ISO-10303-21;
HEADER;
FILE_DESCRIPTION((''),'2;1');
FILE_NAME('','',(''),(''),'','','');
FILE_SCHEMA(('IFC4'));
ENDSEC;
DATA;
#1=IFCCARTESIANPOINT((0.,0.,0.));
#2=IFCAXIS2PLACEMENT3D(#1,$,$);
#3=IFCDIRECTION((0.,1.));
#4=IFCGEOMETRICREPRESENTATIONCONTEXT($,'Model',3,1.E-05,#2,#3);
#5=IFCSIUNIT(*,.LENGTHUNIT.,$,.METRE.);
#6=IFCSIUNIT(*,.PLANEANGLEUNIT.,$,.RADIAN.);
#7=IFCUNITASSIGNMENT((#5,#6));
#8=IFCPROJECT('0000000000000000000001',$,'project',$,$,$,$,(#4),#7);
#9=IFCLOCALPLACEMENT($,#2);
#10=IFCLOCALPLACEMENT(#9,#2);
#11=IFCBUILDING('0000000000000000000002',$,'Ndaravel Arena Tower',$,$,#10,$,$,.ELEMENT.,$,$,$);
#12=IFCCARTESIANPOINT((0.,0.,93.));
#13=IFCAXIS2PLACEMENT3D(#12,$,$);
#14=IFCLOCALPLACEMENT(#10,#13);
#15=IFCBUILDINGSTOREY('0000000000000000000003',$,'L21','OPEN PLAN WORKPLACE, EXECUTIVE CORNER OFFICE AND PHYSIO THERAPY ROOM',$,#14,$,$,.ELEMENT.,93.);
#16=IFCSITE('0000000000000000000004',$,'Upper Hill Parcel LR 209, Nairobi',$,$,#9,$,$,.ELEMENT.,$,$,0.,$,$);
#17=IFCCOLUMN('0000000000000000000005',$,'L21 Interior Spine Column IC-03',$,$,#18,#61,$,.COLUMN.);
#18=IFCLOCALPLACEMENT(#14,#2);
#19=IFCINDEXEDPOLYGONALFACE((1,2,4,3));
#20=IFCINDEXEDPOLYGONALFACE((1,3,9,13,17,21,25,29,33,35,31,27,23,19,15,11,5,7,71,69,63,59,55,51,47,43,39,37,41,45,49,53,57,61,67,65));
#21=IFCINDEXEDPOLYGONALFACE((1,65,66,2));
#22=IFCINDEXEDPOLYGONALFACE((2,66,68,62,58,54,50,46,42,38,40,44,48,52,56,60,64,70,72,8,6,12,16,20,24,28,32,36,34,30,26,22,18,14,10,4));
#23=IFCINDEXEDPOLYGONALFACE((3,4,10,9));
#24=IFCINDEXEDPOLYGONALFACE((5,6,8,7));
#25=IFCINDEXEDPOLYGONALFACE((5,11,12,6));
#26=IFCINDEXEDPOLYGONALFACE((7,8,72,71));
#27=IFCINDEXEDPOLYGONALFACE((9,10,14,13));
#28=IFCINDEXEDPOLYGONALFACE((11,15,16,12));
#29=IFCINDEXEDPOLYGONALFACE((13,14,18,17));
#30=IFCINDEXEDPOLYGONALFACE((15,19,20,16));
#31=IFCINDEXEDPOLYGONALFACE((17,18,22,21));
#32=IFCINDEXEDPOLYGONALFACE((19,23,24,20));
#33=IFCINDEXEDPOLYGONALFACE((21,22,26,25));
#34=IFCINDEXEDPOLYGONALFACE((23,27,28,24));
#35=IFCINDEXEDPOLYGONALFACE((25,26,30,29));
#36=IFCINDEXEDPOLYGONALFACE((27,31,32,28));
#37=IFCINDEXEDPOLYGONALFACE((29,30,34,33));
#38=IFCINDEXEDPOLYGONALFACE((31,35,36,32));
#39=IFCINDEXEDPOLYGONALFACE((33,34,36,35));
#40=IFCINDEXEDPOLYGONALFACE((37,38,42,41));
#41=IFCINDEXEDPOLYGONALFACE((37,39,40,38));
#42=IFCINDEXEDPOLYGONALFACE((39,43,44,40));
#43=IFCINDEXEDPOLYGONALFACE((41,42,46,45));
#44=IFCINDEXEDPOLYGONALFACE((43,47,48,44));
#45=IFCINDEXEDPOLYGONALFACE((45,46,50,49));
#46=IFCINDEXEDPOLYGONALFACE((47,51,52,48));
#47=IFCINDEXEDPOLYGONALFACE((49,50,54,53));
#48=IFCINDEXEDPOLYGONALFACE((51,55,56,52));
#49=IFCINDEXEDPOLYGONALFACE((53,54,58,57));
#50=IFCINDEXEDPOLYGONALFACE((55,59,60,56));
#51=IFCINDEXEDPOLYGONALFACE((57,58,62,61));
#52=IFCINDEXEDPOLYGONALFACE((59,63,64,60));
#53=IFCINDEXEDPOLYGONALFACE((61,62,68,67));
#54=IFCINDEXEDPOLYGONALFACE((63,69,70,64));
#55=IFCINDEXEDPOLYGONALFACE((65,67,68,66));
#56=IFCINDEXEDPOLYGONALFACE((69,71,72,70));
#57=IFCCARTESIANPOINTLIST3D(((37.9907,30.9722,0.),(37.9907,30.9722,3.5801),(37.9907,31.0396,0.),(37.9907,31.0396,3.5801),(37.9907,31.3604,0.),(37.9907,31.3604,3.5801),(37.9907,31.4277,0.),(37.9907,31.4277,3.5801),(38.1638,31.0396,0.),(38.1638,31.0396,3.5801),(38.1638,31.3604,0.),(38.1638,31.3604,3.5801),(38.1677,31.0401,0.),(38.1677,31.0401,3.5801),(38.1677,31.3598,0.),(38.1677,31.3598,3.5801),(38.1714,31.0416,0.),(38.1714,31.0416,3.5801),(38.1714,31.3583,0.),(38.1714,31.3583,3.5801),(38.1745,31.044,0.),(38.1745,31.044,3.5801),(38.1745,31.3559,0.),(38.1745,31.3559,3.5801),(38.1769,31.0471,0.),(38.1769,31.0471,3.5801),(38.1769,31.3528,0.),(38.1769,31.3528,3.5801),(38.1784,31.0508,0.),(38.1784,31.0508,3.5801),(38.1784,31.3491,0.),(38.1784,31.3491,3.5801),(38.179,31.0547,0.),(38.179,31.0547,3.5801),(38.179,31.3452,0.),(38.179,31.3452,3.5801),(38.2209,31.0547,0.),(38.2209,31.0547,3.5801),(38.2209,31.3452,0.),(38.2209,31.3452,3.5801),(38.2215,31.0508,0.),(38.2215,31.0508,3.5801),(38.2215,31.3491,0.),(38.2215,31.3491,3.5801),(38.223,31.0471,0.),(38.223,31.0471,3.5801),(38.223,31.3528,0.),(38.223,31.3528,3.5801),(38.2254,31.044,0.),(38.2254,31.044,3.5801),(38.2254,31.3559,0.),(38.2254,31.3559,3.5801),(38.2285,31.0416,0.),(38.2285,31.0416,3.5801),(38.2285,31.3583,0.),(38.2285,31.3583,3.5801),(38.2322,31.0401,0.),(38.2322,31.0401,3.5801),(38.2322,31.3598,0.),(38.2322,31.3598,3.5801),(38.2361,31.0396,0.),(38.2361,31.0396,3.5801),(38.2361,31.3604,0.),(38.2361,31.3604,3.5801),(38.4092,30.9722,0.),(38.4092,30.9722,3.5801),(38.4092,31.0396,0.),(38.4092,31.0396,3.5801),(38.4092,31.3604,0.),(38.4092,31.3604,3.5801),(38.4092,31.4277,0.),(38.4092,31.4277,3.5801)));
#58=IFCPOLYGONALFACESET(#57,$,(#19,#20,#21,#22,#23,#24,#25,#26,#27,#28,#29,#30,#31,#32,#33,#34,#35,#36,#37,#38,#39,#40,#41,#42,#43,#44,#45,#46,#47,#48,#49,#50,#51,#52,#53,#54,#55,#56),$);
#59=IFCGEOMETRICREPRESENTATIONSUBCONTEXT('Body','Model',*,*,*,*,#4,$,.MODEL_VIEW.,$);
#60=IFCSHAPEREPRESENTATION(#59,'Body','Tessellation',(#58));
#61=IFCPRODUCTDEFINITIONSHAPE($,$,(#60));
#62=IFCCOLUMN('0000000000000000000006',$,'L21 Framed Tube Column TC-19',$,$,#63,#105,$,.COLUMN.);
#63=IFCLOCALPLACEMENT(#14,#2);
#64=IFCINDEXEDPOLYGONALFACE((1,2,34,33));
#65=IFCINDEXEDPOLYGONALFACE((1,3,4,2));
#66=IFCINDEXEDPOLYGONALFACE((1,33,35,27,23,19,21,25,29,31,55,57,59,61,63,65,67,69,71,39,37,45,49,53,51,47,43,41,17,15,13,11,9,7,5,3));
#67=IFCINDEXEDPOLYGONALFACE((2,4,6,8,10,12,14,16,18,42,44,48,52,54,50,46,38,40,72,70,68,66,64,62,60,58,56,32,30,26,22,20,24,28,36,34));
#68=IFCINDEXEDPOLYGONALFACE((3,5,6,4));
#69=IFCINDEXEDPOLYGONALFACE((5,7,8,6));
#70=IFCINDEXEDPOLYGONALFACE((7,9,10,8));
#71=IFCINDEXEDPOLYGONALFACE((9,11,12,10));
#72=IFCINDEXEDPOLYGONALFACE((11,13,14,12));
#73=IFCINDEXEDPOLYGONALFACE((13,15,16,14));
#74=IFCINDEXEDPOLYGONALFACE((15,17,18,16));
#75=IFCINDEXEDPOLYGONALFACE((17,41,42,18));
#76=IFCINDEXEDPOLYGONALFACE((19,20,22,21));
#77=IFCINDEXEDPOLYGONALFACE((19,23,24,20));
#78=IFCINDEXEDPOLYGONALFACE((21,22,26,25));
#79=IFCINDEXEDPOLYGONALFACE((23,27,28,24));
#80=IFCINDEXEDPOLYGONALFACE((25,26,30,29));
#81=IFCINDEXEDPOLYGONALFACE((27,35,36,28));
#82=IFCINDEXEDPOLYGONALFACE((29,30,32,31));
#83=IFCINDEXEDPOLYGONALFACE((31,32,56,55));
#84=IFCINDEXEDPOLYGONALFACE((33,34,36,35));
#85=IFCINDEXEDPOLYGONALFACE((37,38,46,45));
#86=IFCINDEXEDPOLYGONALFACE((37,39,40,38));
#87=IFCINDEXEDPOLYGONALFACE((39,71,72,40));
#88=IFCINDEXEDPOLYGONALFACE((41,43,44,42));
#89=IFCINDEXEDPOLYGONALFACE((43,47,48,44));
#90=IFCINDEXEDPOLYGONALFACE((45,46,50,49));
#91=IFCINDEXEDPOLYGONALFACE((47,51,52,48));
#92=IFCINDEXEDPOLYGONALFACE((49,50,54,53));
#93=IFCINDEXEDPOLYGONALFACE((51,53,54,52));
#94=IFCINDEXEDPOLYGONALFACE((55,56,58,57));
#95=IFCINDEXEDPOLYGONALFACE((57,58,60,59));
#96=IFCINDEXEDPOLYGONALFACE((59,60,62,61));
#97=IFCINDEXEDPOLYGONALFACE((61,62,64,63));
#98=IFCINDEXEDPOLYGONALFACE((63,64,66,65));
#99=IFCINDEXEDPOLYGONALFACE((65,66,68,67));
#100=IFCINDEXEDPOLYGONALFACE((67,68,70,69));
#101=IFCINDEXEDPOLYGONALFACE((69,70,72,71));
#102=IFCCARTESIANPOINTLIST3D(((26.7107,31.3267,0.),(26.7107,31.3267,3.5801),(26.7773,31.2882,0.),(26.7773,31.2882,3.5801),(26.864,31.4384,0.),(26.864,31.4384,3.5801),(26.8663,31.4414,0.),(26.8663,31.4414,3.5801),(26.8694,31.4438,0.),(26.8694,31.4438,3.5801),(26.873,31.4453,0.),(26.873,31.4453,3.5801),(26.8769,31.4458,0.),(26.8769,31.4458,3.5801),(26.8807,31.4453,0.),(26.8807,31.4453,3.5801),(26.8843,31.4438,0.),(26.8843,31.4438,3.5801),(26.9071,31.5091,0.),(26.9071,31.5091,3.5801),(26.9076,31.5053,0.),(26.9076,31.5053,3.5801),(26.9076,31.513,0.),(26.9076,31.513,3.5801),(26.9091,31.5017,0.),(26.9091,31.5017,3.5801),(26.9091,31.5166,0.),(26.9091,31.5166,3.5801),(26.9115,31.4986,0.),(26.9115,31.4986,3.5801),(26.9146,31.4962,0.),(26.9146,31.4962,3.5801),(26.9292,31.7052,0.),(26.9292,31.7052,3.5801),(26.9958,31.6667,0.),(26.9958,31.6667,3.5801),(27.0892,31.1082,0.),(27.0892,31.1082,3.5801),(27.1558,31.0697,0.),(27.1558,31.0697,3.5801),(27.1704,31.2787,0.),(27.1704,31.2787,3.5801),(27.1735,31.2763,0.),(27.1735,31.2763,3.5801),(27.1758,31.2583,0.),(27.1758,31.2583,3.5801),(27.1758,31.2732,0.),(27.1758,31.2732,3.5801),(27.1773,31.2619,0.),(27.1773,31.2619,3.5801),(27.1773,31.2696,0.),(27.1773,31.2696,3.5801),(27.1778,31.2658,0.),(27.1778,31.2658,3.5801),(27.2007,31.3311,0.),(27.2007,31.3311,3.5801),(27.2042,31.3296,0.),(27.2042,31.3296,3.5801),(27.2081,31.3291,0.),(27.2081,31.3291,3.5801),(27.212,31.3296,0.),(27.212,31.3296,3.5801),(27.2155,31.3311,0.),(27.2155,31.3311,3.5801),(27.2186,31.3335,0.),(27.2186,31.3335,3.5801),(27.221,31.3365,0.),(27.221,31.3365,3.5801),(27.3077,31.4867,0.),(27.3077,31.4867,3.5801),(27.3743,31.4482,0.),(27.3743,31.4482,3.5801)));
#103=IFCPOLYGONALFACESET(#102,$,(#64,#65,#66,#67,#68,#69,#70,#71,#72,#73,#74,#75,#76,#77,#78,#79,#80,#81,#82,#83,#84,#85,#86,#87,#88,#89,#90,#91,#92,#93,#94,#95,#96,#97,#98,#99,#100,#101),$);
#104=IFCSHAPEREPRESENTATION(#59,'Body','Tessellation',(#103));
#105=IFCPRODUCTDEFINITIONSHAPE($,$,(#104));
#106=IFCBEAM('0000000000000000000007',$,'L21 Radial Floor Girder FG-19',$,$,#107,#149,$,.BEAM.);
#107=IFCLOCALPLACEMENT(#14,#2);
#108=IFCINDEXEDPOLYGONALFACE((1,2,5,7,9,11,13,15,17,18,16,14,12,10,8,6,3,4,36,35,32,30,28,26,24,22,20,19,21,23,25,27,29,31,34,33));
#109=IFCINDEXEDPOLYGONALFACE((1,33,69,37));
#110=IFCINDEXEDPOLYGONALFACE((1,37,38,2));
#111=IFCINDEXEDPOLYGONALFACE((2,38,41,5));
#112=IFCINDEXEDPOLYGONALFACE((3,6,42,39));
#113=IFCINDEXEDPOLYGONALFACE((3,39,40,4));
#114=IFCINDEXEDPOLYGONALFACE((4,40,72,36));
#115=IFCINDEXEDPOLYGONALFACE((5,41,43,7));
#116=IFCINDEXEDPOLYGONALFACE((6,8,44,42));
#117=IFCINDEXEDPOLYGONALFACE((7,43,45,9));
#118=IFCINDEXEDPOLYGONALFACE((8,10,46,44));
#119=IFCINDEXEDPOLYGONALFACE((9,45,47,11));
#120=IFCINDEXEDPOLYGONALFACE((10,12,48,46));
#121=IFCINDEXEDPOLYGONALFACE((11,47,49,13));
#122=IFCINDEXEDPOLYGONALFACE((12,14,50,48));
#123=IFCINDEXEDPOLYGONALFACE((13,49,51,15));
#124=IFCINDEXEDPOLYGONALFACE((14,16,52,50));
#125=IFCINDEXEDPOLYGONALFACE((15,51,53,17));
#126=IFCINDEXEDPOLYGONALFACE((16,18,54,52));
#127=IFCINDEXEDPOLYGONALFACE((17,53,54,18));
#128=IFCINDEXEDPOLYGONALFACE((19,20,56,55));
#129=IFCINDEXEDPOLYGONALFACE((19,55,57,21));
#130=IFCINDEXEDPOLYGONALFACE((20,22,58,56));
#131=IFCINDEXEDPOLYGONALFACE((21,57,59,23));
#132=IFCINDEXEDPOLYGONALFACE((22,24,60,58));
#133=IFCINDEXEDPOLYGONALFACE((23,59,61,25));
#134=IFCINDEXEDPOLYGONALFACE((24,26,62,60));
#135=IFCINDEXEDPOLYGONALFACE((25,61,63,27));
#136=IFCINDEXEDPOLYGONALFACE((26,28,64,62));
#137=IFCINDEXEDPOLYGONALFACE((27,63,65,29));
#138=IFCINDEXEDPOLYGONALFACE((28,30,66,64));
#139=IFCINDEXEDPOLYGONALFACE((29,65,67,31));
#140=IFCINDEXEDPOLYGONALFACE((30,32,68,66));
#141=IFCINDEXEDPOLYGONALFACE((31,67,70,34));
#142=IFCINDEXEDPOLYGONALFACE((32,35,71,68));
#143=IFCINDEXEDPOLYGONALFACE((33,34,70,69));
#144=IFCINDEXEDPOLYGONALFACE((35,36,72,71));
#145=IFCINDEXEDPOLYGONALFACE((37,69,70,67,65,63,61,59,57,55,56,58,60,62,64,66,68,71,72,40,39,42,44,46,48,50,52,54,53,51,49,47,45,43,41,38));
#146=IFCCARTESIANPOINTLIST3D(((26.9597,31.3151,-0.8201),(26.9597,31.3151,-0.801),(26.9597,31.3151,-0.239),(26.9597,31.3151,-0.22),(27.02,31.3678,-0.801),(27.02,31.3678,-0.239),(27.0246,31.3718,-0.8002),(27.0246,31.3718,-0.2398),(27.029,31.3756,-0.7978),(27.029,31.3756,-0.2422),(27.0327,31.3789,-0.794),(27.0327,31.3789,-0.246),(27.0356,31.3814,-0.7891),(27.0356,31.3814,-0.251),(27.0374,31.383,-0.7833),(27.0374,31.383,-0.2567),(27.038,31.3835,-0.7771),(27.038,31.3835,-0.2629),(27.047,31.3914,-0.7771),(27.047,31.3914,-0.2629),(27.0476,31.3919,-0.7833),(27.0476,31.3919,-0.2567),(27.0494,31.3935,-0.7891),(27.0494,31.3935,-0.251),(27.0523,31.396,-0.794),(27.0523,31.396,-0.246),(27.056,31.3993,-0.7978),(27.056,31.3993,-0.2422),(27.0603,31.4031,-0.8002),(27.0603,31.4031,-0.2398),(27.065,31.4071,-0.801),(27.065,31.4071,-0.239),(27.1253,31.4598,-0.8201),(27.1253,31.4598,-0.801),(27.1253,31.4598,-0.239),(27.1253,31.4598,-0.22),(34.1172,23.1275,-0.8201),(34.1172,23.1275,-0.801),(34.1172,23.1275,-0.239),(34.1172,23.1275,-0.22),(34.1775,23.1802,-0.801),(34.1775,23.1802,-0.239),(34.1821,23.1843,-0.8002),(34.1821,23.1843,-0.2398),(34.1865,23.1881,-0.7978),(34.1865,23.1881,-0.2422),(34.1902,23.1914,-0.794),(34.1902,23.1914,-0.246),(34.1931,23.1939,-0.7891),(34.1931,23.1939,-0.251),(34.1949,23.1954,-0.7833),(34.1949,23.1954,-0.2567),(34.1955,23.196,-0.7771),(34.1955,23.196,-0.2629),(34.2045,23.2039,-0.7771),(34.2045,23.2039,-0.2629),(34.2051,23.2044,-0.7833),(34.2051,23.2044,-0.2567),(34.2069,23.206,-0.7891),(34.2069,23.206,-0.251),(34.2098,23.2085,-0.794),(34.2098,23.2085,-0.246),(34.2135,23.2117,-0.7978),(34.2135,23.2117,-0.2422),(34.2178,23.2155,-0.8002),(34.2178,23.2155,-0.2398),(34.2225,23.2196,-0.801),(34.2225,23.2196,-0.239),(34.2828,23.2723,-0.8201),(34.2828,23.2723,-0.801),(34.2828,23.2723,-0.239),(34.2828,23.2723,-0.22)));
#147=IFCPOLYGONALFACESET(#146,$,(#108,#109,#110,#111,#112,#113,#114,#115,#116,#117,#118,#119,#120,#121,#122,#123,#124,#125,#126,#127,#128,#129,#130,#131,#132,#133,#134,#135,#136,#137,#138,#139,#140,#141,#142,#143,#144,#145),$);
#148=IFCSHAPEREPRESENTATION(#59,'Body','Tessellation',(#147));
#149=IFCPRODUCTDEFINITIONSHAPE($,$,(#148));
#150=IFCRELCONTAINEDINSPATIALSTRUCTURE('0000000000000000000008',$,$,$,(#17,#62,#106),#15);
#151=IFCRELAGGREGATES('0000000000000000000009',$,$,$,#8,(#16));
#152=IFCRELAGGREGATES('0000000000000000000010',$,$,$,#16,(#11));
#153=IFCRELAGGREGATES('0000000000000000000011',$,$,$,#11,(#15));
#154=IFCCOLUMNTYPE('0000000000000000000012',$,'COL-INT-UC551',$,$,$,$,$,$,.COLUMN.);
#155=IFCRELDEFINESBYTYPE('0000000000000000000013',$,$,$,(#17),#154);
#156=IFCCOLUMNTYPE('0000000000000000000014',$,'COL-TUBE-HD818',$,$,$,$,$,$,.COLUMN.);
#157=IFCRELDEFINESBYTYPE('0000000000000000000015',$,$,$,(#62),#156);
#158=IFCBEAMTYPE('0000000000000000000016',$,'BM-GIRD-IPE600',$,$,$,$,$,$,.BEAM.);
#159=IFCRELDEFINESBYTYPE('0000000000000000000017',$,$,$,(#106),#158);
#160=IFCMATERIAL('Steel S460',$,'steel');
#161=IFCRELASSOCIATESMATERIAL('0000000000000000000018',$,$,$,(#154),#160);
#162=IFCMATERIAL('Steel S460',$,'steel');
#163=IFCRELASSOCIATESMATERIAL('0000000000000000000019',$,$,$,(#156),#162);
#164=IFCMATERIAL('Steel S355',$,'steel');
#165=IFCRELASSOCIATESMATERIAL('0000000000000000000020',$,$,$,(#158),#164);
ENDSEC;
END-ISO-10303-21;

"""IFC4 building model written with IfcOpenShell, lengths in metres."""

from ifc_helpers import new_model, si_unit, direction, frame, origin, origin_2d, place, context, subcontext, project, spatial, i_section, extrude, material, material_profile, profile_set, type_object, element, save


model = new_model("IFC4")

# Units and contexts
model_context = context("Model", 3, precision=1e-05, world=origin(), true_north=direction((0.0, 1.0)))
body_context = subcontext(model_context, "Body", "Model", "MODEL_VIEW")
ifc_project = project(units=[si_unit("LENGTHUNIT", "METRE"), si_unit("PLANEANGLEUNIT", "RADIAN")], contexts=[model_context])

# Site, building, storey
site_placement = place(None, origin())
site = spatial("IfcSite", under=ifc_project, at=site_placement, Name="Upper Hill Parcel LR 209, Nairobi", CompositionType="ELEMENT", RefElevation=0.0)
building_placement = place(site_placement, origin())
building = spatial("IfcBuilding", under=site, at=building_placement, Name="Ndaravel Arena Tower", CompositionType="ELEMENT")
storey_placement = place(building_placement, frame((0.0, 0.0, 93.0)))
storey = spatial("IfcBuildingStorey", under=building, at=storey_placement, Name="L21", Description="OPEN PLAN WORKPLACE, EXECUTIVE CORNER OFFICE AND PHYSIO THERAPY ROOM", CompositionType="ELEMENT", Elevation=93.0)

# Columns
ifc_material_1 = material(Name="Steel S460", Category="steel")
ifc_material_profile_1 = material_profile(ifc_material_1, i_section(OverallWidth=0.4185, OverallDepth=0.4556, WebThickness=0.042, FlangeThickness=0.0674, FilletRadius=0.0151, at=origin_2d()), Name="UC 356x406x551")
ifc_profile_set_1 = profile_set([ifc_material_profile_1], Name="Steel S460")
column_type_1 = type_object("IfcColumnType", Name="COL-INT-UC551", PredefinedType="COLUMN", material=ifc_profile_set_1)
column_1_placement = place(storey_placement, frame((38.2, 31.2, 0.0), z_axis=(0.0, 0.0, 1.0), x_axis=(1.0, 0.0, 0.0)))
element("IfcColumn", 1, at=column_1_placement, inside=storey, type_object=column_type_1, Name="L21 Interior Spine Column IC-03", PredefinedType="COLUMN", context=body_context, shape_type="SweptSolid", body=[
    extrude(i_section(OverallWidth=0.4185, OverallDepth=0.4556, WebThickness=0.042, FlangeThickness=0.0674, FilletRadius=0.0151, at=origin_2d()), origin(), (0.0, 0.0, 1.0), 3.5801),
])
ifc_material_2 = material(Name="Steel S460", Category="steel")
ifc_material_profile_2 = material_profile(ifc_material_2, i_section(OverallWidth=0.437, OverallDepth=0.5139, WebThickness=0.0605, FlangeThickness=0.0769, FilletRadius=0.0149, at=origin_2d()), Name="HD 400x818")
ifc_profile_set_2 = profile_set([ifc_material_profile_2], Name="Steel S460")
column_type_2 = type_object("IfcColumnType", Name="COL-TUBE-HD818", PredefinedType="COLUMN", material=ifc_profile_set_2)
column_2_placement = place(storey_placement, frame((27.0425, 31.3875, 0.0), z_axis=(0.0, 0.0, 1.0), x_axis=(0.5, 0.866025, 0.0)))
element("IfcColumn", 2, at=column_2_placement, inside=storey, type_object=column_type_2, Name="L21 Framed Tube Column TC-19", PredefinedType="COLUMN", context=body_context, shape_type="SweptSolid", body=[
    extrude(i_section(OverallWidth=0.437, OverallDepth=0.5139, WebThickness=0.0605, FlangeThickness=0.0769, FilletRadius=0.0149, at=origin_2d()), origin(), (0.0, 0.0, 1.0), 3.5801),
])

# Beam
ifc_material_3 = material(Name="Steel S355", Category="steel")
ifc_material_profile_3 = material_profile(ifc_material_3, i_section(OverallWidth=0.22, OverallDepth=0.6001, WebThickness=0.012, FlangeThickness=0.019, FilletRadius=0.0239, at=origin_2d()), Name="IPE 600")
ifc_profile_set_3 = profile_set([ifc_material_profile_3], Name="Steel S355")
beam_type_1 = type_object("IfcBeamType", Name="BM-GIRD-IPE600", PredefinedType="BEAM", material=ifc_profile_set_3)
beam_1_placement = place(storey_placement, frame((27.0425, 31.3875, -0.52), z_axis=(0.658161, -0.752877, 0.0), x_axis=(0.752877, 0.658161, 0.0)))
element("IfcBeam", 3, at=beam_1_placement, inside=storey, type_object=beam_type_1, Name="L21 Radial Floor Girder FG-19", PredefinedType="BEAM", context=body_context, shape_type="SweptSolid", body=[
    extrude(i_section(OverallWidth=0.22, OverallDepth=0.6001, WebThickness=0.012, FlangeThickness=0.019, FilletRadius=0.0239, at=origin_2d()), origin(), (0.0, 0.0, 1.0), 10.875),
])

save(model, "model.ifc")
